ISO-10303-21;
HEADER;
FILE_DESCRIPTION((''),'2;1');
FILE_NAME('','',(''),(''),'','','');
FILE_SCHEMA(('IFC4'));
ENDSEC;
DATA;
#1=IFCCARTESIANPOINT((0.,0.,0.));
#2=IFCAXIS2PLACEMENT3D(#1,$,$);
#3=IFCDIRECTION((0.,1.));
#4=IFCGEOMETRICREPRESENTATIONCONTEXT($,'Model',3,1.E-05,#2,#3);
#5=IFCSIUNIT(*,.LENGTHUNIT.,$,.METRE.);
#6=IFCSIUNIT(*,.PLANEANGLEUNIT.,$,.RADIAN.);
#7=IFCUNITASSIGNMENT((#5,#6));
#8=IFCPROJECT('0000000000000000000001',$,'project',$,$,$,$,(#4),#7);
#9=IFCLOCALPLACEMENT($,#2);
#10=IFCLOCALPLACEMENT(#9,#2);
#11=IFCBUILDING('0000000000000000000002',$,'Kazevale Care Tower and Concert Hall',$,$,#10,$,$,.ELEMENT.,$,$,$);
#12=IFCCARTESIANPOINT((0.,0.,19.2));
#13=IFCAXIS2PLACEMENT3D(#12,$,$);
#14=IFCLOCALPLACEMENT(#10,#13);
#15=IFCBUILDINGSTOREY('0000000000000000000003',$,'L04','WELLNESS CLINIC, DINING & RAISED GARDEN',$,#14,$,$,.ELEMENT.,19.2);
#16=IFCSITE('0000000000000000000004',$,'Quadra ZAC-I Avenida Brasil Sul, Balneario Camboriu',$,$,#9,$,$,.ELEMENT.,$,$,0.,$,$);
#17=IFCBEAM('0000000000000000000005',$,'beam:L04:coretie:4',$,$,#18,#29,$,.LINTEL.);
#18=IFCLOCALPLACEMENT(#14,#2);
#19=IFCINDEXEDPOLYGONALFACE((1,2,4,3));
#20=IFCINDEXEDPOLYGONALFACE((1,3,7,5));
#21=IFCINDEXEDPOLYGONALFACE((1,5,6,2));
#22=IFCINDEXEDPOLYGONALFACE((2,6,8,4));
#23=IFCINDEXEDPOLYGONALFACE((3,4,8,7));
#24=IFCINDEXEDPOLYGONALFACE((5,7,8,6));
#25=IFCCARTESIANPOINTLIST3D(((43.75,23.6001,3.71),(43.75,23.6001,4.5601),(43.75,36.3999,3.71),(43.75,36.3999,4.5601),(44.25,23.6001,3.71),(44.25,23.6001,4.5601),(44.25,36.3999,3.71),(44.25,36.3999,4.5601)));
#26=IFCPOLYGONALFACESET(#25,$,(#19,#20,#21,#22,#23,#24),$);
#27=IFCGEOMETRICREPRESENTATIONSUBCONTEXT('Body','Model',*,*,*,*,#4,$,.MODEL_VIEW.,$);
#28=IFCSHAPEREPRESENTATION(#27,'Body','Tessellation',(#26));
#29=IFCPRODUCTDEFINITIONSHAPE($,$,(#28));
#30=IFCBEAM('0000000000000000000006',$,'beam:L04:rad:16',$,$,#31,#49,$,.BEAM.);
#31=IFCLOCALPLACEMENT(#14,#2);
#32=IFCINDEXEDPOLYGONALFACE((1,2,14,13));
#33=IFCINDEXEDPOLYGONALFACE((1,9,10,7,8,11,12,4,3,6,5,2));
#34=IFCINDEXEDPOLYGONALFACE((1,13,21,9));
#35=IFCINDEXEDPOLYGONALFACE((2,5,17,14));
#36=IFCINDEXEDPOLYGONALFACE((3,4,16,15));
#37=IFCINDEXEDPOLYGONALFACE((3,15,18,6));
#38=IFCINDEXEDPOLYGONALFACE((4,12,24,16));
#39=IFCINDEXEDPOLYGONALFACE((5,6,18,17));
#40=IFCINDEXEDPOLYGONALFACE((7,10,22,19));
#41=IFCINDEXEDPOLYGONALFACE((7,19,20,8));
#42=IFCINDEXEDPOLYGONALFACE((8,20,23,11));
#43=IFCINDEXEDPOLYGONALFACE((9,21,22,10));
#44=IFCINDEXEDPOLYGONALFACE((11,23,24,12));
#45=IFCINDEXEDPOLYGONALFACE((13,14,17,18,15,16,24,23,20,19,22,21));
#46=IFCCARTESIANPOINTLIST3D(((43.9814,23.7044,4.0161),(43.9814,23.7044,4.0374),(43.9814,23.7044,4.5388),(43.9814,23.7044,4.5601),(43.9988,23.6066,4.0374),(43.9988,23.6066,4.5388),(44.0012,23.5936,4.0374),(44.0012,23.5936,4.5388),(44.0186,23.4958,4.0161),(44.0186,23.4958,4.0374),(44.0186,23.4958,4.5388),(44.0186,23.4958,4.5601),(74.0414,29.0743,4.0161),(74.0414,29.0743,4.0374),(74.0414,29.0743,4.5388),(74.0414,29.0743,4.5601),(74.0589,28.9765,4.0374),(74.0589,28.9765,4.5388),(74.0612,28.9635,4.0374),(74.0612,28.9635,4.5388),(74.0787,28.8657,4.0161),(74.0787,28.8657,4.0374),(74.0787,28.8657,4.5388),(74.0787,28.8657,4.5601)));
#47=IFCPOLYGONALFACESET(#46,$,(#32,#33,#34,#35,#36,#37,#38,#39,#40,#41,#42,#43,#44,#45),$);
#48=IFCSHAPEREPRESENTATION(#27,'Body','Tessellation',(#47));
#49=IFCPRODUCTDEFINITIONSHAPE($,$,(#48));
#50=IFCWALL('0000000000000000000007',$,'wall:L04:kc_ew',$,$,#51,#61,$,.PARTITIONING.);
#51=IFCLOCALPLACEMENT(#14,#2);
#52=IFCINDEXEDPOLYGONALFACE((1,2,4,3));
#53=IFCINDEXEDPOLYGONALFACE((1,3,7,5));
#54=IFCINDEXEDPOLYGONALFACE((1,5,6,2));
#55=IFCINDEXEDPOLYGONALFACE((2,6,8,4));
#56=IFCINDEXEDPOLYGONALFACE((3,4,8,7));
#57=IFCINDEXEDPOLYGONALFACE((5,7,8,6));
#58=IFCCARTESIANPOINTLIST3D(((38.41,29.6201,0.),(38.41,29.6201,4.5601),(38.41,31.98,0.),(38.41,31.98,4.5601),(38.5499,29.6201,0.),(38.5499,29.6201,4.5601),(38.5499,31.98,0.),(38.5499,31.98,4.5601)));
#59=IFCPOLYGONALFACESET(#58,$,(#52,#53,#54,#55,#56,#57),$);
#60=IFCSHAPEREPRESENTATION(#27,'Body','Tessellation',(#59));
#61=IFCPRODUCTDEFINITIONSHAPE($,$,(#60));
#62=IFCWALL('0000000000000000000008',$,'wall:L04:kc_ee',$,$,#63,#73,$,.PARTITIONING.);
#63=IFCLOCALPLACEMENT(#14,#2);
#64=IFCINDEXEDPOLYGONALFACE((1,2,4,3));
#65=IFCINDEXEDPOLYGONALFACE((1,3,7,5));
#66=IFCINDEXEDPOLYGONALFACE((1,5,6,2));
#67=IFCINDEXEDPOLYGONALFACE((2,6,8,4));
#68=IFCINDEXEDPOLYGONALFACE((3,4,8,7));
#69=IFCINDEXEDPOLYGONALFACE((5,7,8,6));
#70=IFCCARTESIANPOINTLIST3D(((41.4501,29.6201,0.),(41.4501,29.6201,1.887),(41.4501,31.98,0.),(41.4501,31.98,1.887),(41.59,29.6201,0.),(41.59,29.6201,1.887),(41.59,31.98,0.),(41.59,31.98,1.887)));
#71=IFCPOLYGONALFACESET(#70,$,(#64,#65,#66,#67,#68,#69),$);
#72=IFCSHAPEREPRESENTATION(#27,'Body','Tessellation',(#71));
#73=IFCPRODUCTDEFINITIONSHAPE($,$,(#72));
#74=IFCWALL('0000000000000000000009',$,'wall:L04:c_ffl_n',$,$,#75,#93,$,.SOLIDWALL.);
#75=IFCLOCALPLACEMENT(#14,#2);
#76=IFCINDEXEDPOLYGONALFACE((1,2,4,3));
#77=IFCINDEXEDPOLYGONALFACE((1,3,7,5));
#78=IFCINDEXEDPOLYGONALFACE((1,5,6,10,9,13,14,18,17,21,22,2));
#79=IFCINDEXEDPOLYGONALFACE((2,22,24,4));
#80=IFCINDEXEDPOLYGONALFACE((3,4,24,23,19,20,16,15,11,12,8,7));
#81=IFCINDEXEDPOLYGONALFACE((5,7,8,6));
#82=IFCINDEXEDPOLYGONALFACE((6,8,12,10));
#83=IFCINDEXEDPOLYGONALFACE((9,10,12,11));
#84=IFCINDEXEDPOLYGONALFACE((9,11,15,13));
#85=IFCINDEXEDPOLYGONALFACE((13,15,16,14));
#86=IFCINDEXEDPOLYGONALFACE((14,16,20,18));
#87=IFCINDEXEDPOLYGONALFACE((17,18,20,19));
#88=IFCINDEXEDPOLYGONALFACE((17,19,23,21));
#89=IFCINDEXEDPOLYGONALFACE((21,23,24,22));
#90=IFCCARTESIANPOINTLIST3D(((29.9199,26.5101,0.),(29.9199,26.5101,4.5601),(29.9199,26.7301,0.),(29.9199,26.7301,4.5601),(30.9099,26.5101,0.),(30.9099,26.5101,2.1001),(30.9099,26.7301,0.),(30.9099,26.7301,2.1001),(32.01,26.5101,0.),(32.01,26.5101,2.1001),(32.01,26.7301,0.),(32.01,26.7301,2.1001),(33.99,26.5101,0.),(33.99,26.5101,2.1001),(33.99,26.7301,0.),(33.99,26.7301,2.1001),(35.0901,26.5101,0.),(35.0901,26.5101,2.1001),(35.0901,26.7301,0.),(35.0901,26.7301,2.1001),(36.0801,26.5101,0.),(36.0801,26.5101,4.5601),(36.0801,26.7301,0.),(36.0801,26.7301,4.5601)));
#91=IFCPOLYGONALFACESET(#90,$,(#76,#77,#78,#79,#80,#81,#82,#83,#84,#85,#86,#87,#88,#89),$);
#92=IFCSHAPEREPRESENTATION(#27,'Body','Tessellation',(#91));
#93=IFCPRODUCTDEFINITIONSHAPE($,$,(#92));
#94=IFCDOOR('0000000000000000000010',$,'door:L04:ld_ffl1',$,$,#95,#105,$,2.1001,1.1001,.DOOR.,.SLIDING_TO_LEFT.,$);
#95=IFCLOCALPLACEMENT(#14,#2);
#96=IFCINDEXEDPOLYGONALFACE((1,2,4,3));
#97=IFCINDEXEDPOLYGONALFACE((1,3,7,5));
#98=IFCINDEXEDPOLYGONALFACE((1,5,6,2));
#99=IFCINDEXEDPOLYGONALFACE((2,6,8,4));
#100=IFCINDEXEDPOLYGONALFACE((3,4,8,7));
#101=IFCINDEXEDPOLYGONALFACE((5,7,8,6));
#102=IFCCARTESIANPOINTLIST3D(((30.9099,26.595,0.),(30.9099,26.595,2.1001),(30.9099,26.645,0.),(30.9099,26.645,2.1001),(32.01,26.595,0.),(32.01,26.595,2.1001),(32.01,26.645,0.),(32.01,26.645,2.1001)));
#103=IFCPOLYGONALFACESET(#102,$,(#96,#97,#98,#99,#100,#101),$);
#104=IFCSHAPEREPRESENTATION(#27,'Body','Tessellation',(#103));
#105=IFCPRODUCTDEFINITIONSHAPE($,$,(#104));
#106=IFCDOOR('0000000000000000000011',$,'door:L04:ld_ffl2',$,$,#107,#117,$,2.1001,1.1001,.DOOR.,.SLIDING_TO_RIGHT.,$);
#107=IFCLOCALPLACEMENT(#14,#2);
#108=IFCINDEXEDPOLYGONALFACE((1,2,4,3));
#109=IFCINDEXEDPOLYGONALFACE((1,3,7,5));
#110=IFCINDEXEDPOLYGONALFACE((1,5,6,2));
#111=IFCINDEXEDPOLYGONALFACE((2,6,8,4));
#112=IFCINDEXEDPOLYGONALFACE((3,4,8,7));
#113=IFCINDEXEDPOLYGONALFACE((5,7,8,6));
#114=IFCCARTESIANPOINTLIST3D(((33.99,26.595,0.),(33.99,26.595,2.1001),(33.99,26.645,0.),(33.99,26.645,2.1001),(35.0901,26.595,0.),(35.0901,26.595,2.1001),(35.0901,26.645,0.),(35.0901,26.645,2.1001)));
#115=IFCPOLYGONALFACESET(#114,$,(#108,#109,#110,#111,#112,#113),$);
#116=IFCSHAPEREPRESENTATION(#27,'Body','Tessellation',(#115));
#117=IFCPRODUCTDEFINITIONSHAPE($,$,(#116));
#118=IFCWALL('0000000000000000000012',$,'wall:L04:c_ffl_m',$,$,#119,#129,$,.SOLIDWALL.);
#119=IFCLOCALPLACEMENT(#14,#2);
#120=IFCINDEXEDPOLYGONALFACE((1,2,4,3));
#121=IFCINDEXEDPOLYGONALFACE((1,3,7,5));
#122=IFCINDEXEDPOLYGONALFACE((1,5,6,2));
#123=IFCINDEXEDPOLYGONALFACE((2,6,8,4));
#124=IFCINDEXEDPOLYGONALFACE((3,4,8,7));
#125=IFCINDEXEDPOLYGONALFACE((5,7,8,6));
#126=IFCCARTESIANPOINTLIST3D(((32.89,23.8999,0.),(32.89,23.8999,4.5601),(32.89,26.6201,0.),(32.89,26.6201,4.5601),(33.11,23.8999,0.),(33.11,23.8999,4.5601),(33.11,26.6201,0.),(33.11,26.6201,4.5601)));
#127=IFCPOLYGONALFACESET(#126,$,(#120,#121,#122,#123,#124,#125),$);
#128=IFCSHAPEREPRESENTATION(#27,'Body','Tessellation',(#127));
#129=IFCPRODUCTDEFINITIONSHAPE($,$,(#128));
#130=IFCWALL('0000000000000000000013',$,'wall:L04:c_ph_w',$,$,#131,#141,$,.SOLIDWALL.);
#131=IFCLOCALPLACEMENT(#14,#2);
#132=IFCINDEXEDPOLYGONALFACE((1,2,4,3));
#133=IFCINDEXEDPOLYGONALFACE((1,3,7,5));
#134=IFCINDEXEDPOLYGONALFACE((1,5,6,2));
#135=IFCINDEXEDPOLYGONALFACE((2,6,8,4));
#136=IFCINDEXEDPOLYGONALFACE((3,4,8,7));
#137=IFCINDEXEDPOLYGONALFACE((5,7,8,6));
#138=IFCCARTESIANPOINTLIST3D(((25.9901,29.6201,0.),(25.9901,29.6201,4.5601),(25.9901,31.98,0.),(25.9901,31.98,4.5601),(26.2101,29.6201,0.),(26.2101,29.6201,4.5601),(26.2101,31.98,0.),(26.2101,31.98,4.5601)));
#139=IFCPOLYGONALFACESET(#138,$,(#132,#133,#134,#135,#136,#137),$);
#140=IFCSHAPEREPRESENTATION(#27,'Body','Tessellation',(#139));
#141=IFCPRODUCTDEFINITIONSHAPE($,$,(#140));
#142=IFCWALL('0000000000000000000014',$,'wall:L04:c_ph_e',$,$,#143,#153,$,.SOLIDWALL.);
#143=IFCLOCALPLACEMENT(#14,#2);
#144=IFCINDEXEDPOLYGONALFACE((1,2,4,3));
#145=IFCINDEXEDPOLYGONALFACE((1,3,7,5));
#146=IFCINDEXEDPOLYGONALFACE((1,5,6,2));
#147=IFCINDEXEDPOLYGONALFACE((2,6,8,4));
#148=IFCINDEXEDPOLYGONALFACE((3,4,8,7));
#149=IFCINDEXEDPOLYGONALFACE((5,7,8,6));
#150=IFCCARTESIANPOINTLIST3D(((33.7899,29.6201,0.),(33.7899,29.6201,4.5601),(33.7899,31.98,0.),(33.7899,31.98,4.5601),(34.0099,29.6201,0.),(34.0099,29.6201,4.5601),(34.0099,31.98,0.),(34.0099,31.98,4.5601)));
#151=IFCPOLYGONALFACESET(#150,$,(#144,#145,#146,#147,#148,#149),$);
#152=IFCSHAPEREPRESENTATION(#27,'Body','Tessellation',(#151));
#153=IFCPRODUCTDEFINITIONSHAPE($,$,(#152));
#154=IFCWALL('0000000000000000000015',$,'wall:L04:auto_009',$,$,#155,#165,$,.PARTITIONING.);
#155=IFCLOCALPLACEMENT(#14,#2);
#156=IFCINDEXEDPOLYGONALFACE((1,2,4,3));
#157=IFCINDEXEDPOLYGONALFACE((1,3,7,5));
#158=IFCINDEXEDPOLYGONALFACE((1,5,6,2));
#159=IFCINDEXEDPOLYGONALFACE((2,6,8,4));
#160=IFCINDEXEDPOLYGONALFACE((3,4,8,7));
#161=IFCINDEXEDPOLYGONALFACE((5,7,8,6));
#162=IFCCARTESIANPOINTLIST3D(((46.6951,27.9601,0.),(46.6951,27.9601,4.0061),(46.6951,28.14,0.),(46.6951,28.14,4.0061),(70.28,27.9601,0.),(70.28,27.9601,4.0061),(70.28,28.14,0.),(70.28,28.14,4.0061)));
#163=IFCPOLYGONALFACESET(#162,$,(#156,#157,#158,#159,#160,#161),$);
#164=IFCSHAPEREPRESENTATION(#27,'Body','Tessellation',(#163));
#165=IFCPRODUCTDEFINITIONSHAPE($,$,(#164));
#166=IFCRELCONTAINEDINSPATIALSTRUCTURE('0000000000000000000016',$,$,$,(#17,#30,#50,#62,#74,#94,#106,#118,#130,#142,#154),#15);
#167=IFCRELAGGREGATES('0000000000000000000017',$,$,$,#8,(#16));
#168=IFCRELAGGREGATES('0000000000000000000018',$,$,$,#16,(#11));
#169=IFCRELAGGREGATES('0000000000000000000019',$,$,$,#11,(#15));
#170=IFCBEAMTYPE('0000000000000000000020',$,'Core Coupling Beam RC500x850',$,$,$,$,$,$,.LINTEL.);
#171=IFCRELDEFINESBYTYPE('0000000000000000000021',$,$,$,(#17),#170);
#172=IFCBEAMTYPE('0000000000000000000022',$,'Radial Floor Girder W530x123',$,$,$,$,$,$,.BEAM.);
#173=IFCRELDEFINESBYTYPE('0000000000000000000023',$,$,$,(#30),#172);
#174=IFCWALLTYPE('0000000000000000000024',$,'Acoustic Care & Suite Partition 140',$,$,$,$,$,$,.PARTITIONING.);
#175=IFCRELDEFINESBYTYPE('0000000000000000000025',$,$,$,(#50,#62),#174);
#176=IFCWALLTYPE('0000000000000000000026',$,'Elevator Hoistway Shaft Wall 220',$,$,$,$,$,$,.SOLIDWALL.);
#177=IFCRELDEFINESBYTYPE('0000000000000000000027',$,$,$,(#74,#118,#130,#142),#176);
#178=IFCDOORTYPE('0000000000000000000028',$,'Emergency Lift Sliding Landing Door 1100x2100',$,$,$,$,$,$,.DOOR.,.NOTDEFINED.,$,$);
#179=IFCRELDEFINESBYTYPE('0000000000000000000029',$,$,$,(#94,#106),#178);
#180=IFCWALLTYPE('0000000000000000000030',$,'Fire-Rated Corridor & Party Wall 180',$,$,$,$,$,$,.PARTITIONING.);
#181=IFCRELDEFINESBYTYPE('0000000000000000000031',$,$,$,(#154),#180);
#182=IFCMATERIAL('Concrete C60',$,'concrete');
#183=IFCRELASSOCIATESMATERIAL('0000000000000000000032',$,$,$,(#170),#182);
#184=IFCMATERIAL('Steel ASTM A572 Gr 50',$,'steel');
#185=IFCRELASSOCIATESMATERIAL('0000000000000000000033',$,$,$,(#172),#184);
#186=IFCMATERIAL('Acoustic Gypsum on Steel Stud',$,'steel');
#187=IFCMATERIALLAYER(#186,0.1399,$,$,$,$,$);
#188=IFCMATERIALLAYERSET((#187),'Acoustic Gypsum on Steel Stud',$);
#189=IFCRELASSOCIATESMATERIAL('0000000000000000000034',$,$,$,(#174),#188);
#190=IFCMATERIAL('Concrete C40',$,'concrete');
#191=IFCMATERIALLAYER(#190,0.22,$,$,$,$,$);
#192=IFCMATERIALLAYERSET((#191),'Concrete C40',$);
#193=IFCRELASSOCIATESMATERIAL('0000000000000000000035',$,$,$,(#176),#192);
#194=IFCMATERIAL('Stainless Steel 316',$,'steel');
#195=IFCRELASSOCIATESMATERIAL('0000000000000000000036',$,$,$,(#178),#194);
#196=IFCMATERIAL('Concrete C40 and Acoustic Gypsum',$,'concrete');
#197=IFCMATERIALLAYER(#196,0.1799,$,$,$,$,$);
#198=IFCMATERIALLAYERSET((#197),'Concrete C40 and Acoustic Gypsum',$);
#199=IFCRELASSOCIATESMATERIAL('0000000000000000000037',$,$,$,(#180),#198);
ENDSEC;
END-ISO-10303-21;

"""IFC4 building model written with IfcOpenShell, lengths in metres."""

from ifc_helpers import new_model, si_unit, direction, frame, frame_2d, origin, origin_2d, place, context, subcontext, project, spatial, rectangle, i_section, extrude, material, layer, layer_set, material_profile, profile_set, type_object, element, fill, save


model = new_model("IFC4")

# Units and contexts
model_context = context("Model", 3, precision=1e-05, world=origin(), true_north=direction((0.0, 1.0)))
body_context = subcontext(model_context, "Body", "Model", "MODEL_VIEW")
ifc_project = project(units=[si_unit("LENGTHUNIT", "METRE"), si_unit("PLANEANGLEUNIT", "RADIAN")], contexts=[model_context])

# Site, building, storey
site_placement = place(None, origin())
site = spatial("IfcSite", under=ifc_project, at=site_placement, Name="Quadra ZAC-I Avenida Brasil Sul, Balneario Camboriu", CompositionType="ELEMENT", RefElevation=0.0)
building_placement = place(site_placement, origin())
building = spatial("IfcBuilding", under=site, at=building_placement, Name="Kazevale Care Tower and Concert Hall", CompositionType="ELEMENT")
storey_placement = place(building_placement, frame((0.0, 0.0, 19.2)))
storey = spatial("IfcBuildingStorey", under=building, at=storey_placement, Name="L04", Description="WELLNESS CLINIC, DINING & RAISED GARDEN", CompositionType="ELEMENT", Elevation=19.2)

# Beams
ifc_material_1 = material(Name="Concrete C60", Category="concrete")
ifc_material_profile_1 = material_profile(ifc_material_1, rectangle(XDim=0.5, YDim=0.8501, at=origin_2d()), Name="RC-B500x850")
ifc_profile_set_1 = profile_set([ifc_material_profile_1], Name="Concrete C60")
beam_type_1 = type_object("IfcBeamType", Name="Core Coupling Beam RC500x850", PredefinedType="LINTEL", material=ifc_profile_set_1)
beam_1_placement = place(storey_placement, frame((44.0, 23.6001, 4.135), z_axis=(0.0, 1.0, 0.0), x_axis=(-1.0, 0.0, 0.0)))
element("IfcBeam", 1, at=beam_1_placement, inside=storey, type_object=beam_type_1, Name="beam:L04:coretie:4", PredefinedType="LINTEL", context=body_context, shape_type="SweptSolid", body=[
    extrude(rectangle(XDim=0.5, YDim=0.8501, at=origin_2d()), origin(), (0.0, 0.0, 1.0), 12.7998),
])
ifc_material_2 = material(Name="Steel ASTM A572 Gr 50", Category="steel")
ifc_material_profile_2 = material_profile(ifc_material_2, i_section(OverallWidth=0.2119, OverallDepth=0.5439, WebThickness=0.0132, FlangeThickness=0.0212, at=origin_2d()), Name="W530x123")
ifc_profile_set_2 = profile_set([ifc_material_profile_2], Name="Steel ASTM A572 Gr 50")
beam_type_2 = type_object("IfcBeamType", Name="Radial Floor Girder W530x123", PredefinedType="BEAM", material=ifc_profile_set_2)
beam_2_placement = place(storey_placement, frame((44.0, 23.6001, 4.2881), z_axis=(0.984416, 0.175854, 0.0), x_axis=(-0.175854, 0.984416, 0.0)))
element("IfcBeam", 2, at=beam_2_placement, inside=storey, type_object=beam_type_2, Name="beam:L04:rad:16", PredefinedType="BEAM", context=body_context, shape_type="SweptSolid", body=[
    extrude(i_section(OverallWidth=0.2119, OverallDepth=0.5439, WebThickness=0.0132, FlangeThickness=0.0212, at=origin_2d()), origin(), (0.0, 0.0, 1.0), 30.5359),
])

# Walls
ifc_material_3 = material(Name="Acoustic Gypsum on Steel Stud", Category="steel")
ifc_layer_1 = layer(ifc_material_3, 0.1399)
ifc_layer_set_1 = layer_set([ifc_layer_1], Name="Acoustic Gypsum on Steel Stud")
wall_type_1 = type_object("IfcWallType", Name="Acoustic Care & Suite Partition 140", PredefinedType="PARTITIONING", material=ifc_layer_set_1)
wall_1_placement = place(storey_placement, frame((38.48, 29.6201, 0.0), z_axis=(0.0, 0.0, 1.0), x_axis=(0.0, 1.0, 0.0)))
element("IfcWall", 3, at=wall_1_placement, inside=storey, type_object=wall_type_1, Name="wall:L04:kc_ew", PredefinedType="PARTITIONING", context=body_context, shape_type="SweptSolid", body=[
    extrude(rectangle(XDim=2.3599, YDim=0.1399, at=frame_2d((1.1799, 0.0))), origin(), (0.0, 0.0, 1.0), 4.5601),
])
wall_2_placement = place(storey_placement, frame((41.52, 29.6201, 0.0), z_axis=(0.0, 0.0, 1.0), x_axis=(0.0, 1.0, 0.0)))
element("IfcWall", 4, at=wall_2_placement, inside=storey, type_object=wall_type_1, Name="wall:L04:kc_ee", PredefinedType="PARTITIONING", context=body_context, shape_type="SweptSolid", body=[
    extrude(rectangle(XDim=2.3599, YDim=0.1399, at=frame_2d((1.1799, 0.0))), origin(), (0.0, 0.0, 1.0), 1.887),
])

# Wall, openings, doors
ifc_material_4 = material(Name="Concrete C40", Category="concrete")
ifc_layer_2 = layer(ifc_material_4, 0.22)
ifc_layer_set_2 = layer_set([ifc_layer_2], Name="Concrete C40")
wall_type_2 = type_object("IfcWallType", Name="Elevator Hoistway Shaft Wall 220", PredefinedType="SOLIDWALL", material=ifc_layer_set_2)
wall_3_placement = place(storey_placement, frame((29.9199, 26.6201, 0.0), z_axis=(0.0, 0.0, 1.0), x_axis=(1.0, 0.0, 0.0)))
wall_3 = element("IfcWall", 5, at=wall_3_placement, inside=storey, type_object=wall_type_2, Name="wall:L04:c_ffl_n", PredefinedType="SOLIDWALL", context=body_context, shape_type="SweptSolid", body=[
    extrude(rectangle(XDim=6.1602, YDim=0.22, at=frame_2d((3.0801, 0.0))), origin(), (0.0, 0.0, 1.0), 4.5601),
])
opening_1_placement = place(wall_3_placement, frame((0.99, 0.0, 0.0)))
opening_1 = element("IfcOpeningElement", 6, at=opening_1_placement, cuts=wall_3, PredefinedType="OPENING", context=body_context, shape_type="SweptSolid", body=[
    extrude(rectangle(XDim=1.1001, YDim=2.1001, at=frame_2d((0.55, 1.05))), frame((0.0, 0.1199, 0.0), z_axis=(0.0, -1.0, 0.0), x_axis=(1.0, 0.0, 0.0)), (0.0, 0.0, 1.0), 0.24),
])
opening_2_placement = place(wall_3_placement, frame((4.0701, 0.0, 0.0)))
opening_2 = element("IfcOpeningElement", 7, at=opening_2_placement, cuts=wall_3, PredefinedType="OPENING", context=body_context, shape_type="SweptSolid", body=[
    extrude(rectangle(XDim=1.1001, YDim=2.1001, at=frame_2d((0.55, 1.05))), frame((0.0, 0.1199, 0.0), z_axis=(0.0, -1.0, 0.0), x_axis=(1.0, 0.0, 0.0)), (0.0, 0.0, 1.0), 0.24),
])
ifc_material_5 = material(Name="Stainless Steel 316", Category="steel")
door_type_1 = type_object("IfcDoorType", Name="Emergency Lift Sliding Landing Door 1100x2100", OperationType="NOTDEFINED", PredefinedType="DOOR", material=ifc_material_5)
door_1_placement = place(opening_1_placement, origin())
door_1 = element("IfcDoor", 8, at=door_1_placement, inside=storey, type_object=door_type_1, Name="door:L04:ld_ffl1", OperationType="SLIDING_TO_LEFT", OverallHeight=2.1001, OverallWidth=1.1001, PredefinedType="DOOR", context=body_context, shape_type="SweptSolid", body=[
    extrude(rectangle(XDim=1.1001, YDim=2.1001, at=frame_2d((0.55, 1.05))), frame((0.0, 0.0249, 0.0), z_axis=(0.0, -1.0, 0.0), x_axis=(1.0, 0.0, 0.0)), (0.0, 0.0, 1.0), 0.05),
])
fill(opening_1, door_1)
door_2_placement = place(opening_2_placement, origin())
door_2 = element("IfcDoor", 9, at=door_2_placement, inside=storey, type_object=door_type_1, Name="door:L04:ld_ffl2", OperationType="SLIDING_TO_RIGHT", OverallHeight=2.1001, OverallWidth=1.1001, PredefinedType="DOOR", context=body_context, shape_type="SweptSolid", body=[
    extrude(rectangle(XDim=1.1001, YDim=2.1001, at=frame_2d((0.55, 1.05))), frame((0.0, 0.0249, 0.0), z_axis=(0.0, -1.0, 0.0), x_axis=(1.0, 0.0, 0.0)), (0.0, 0.0, 1.0), 0.05),
])
fill(opening_2, door_2)

# Walls
wall_4_placement = place(storey_placement, frame((33.0, 23.8999, 0.0), z_axis=(0.0, 0.0, 1.0), x_axis=(0.0, 1.0, 0.0)))
element("IfcWall", 10, at=wall_4_placement, inside=storey, type_object=wall_type_2, Name="wall:L04:c_ffl_m", PredefinedType="SOLIDWALL", context=body_context, shape_type="SweptSolid", body=[
    extrude(rectangle(XDim=2.7202, YDim=0.22, at=frame_2d((1.3601, 0.0))), origin(), (0.0, 0.0, 1.0), 4.5601),
])
for number, where, z_axis, x_axis, name in (
    (11, (26.1001, 29.6201, 0.0), (0.0, 0.0, 1.0), (0.0, 1.0, 0.0), "wall:L04:c_ph_w"),
    (12, (33.8999, 29.6201, 0.0), (0.0, 0.0, 1.0), (0.0, 1.0, 0.0), "wall:L04:c_ph_e"),
):
    element("IfcWall", number, at=place(storey_placement, frame(where, z_axis=z_axis, x_axis=x_axis)), inside=storey, type_object=wall_type_2, Name=name, PredefinedType="SOLIDWALL", context=body_context, shape_type="SweptSolid", body=[
        extrude(rectangle(XDim=2.3599, YDim=0.22, at=frame_2d((1.1799, 0.0))), origin(), (0.0, 0.0, 1.0), 4.5601),
    ])
ifc_material_6 = material(Name="Concrete C40 and Acoustic Gypsum", Category="concrete")
ifc_layer_3 = layer(ifc_material_6, 0.1799)
ifc_layer_set_3 = layer_set([ifc_layer_3], Name="Concrete C40 and Acoustic Gypsum")
wall_type_3 = type_object("IfcWallType", Name="Fire-Rated Corridor & Party Wall 180", PredefinedType="PARTITIONING", material=ifc_layer_set_3)
wall_5_placement = place(storey_placement, frame((46.6951, 28.05, 0.0), z_axis=(0.0, 0.0, 1.0), x_axis=(1.0, 0.0, 0.0)))
element("IfcWall", 13, at=wall_5_placement, inside=storey, type_object=wall_type_3, Name="wall:L04:auto_009", PredefinedType="PARTITIONING", context=body_context, shape_type="SweptSolid", body=[
    extrude(rectangle(XDim=23.585, YDim=0.1799, at=frame_2d((11.7925, 0.0))), origin(), (0.0, 0.0, 1.0), 4.0061),
])

save(model, "model.ifc")
